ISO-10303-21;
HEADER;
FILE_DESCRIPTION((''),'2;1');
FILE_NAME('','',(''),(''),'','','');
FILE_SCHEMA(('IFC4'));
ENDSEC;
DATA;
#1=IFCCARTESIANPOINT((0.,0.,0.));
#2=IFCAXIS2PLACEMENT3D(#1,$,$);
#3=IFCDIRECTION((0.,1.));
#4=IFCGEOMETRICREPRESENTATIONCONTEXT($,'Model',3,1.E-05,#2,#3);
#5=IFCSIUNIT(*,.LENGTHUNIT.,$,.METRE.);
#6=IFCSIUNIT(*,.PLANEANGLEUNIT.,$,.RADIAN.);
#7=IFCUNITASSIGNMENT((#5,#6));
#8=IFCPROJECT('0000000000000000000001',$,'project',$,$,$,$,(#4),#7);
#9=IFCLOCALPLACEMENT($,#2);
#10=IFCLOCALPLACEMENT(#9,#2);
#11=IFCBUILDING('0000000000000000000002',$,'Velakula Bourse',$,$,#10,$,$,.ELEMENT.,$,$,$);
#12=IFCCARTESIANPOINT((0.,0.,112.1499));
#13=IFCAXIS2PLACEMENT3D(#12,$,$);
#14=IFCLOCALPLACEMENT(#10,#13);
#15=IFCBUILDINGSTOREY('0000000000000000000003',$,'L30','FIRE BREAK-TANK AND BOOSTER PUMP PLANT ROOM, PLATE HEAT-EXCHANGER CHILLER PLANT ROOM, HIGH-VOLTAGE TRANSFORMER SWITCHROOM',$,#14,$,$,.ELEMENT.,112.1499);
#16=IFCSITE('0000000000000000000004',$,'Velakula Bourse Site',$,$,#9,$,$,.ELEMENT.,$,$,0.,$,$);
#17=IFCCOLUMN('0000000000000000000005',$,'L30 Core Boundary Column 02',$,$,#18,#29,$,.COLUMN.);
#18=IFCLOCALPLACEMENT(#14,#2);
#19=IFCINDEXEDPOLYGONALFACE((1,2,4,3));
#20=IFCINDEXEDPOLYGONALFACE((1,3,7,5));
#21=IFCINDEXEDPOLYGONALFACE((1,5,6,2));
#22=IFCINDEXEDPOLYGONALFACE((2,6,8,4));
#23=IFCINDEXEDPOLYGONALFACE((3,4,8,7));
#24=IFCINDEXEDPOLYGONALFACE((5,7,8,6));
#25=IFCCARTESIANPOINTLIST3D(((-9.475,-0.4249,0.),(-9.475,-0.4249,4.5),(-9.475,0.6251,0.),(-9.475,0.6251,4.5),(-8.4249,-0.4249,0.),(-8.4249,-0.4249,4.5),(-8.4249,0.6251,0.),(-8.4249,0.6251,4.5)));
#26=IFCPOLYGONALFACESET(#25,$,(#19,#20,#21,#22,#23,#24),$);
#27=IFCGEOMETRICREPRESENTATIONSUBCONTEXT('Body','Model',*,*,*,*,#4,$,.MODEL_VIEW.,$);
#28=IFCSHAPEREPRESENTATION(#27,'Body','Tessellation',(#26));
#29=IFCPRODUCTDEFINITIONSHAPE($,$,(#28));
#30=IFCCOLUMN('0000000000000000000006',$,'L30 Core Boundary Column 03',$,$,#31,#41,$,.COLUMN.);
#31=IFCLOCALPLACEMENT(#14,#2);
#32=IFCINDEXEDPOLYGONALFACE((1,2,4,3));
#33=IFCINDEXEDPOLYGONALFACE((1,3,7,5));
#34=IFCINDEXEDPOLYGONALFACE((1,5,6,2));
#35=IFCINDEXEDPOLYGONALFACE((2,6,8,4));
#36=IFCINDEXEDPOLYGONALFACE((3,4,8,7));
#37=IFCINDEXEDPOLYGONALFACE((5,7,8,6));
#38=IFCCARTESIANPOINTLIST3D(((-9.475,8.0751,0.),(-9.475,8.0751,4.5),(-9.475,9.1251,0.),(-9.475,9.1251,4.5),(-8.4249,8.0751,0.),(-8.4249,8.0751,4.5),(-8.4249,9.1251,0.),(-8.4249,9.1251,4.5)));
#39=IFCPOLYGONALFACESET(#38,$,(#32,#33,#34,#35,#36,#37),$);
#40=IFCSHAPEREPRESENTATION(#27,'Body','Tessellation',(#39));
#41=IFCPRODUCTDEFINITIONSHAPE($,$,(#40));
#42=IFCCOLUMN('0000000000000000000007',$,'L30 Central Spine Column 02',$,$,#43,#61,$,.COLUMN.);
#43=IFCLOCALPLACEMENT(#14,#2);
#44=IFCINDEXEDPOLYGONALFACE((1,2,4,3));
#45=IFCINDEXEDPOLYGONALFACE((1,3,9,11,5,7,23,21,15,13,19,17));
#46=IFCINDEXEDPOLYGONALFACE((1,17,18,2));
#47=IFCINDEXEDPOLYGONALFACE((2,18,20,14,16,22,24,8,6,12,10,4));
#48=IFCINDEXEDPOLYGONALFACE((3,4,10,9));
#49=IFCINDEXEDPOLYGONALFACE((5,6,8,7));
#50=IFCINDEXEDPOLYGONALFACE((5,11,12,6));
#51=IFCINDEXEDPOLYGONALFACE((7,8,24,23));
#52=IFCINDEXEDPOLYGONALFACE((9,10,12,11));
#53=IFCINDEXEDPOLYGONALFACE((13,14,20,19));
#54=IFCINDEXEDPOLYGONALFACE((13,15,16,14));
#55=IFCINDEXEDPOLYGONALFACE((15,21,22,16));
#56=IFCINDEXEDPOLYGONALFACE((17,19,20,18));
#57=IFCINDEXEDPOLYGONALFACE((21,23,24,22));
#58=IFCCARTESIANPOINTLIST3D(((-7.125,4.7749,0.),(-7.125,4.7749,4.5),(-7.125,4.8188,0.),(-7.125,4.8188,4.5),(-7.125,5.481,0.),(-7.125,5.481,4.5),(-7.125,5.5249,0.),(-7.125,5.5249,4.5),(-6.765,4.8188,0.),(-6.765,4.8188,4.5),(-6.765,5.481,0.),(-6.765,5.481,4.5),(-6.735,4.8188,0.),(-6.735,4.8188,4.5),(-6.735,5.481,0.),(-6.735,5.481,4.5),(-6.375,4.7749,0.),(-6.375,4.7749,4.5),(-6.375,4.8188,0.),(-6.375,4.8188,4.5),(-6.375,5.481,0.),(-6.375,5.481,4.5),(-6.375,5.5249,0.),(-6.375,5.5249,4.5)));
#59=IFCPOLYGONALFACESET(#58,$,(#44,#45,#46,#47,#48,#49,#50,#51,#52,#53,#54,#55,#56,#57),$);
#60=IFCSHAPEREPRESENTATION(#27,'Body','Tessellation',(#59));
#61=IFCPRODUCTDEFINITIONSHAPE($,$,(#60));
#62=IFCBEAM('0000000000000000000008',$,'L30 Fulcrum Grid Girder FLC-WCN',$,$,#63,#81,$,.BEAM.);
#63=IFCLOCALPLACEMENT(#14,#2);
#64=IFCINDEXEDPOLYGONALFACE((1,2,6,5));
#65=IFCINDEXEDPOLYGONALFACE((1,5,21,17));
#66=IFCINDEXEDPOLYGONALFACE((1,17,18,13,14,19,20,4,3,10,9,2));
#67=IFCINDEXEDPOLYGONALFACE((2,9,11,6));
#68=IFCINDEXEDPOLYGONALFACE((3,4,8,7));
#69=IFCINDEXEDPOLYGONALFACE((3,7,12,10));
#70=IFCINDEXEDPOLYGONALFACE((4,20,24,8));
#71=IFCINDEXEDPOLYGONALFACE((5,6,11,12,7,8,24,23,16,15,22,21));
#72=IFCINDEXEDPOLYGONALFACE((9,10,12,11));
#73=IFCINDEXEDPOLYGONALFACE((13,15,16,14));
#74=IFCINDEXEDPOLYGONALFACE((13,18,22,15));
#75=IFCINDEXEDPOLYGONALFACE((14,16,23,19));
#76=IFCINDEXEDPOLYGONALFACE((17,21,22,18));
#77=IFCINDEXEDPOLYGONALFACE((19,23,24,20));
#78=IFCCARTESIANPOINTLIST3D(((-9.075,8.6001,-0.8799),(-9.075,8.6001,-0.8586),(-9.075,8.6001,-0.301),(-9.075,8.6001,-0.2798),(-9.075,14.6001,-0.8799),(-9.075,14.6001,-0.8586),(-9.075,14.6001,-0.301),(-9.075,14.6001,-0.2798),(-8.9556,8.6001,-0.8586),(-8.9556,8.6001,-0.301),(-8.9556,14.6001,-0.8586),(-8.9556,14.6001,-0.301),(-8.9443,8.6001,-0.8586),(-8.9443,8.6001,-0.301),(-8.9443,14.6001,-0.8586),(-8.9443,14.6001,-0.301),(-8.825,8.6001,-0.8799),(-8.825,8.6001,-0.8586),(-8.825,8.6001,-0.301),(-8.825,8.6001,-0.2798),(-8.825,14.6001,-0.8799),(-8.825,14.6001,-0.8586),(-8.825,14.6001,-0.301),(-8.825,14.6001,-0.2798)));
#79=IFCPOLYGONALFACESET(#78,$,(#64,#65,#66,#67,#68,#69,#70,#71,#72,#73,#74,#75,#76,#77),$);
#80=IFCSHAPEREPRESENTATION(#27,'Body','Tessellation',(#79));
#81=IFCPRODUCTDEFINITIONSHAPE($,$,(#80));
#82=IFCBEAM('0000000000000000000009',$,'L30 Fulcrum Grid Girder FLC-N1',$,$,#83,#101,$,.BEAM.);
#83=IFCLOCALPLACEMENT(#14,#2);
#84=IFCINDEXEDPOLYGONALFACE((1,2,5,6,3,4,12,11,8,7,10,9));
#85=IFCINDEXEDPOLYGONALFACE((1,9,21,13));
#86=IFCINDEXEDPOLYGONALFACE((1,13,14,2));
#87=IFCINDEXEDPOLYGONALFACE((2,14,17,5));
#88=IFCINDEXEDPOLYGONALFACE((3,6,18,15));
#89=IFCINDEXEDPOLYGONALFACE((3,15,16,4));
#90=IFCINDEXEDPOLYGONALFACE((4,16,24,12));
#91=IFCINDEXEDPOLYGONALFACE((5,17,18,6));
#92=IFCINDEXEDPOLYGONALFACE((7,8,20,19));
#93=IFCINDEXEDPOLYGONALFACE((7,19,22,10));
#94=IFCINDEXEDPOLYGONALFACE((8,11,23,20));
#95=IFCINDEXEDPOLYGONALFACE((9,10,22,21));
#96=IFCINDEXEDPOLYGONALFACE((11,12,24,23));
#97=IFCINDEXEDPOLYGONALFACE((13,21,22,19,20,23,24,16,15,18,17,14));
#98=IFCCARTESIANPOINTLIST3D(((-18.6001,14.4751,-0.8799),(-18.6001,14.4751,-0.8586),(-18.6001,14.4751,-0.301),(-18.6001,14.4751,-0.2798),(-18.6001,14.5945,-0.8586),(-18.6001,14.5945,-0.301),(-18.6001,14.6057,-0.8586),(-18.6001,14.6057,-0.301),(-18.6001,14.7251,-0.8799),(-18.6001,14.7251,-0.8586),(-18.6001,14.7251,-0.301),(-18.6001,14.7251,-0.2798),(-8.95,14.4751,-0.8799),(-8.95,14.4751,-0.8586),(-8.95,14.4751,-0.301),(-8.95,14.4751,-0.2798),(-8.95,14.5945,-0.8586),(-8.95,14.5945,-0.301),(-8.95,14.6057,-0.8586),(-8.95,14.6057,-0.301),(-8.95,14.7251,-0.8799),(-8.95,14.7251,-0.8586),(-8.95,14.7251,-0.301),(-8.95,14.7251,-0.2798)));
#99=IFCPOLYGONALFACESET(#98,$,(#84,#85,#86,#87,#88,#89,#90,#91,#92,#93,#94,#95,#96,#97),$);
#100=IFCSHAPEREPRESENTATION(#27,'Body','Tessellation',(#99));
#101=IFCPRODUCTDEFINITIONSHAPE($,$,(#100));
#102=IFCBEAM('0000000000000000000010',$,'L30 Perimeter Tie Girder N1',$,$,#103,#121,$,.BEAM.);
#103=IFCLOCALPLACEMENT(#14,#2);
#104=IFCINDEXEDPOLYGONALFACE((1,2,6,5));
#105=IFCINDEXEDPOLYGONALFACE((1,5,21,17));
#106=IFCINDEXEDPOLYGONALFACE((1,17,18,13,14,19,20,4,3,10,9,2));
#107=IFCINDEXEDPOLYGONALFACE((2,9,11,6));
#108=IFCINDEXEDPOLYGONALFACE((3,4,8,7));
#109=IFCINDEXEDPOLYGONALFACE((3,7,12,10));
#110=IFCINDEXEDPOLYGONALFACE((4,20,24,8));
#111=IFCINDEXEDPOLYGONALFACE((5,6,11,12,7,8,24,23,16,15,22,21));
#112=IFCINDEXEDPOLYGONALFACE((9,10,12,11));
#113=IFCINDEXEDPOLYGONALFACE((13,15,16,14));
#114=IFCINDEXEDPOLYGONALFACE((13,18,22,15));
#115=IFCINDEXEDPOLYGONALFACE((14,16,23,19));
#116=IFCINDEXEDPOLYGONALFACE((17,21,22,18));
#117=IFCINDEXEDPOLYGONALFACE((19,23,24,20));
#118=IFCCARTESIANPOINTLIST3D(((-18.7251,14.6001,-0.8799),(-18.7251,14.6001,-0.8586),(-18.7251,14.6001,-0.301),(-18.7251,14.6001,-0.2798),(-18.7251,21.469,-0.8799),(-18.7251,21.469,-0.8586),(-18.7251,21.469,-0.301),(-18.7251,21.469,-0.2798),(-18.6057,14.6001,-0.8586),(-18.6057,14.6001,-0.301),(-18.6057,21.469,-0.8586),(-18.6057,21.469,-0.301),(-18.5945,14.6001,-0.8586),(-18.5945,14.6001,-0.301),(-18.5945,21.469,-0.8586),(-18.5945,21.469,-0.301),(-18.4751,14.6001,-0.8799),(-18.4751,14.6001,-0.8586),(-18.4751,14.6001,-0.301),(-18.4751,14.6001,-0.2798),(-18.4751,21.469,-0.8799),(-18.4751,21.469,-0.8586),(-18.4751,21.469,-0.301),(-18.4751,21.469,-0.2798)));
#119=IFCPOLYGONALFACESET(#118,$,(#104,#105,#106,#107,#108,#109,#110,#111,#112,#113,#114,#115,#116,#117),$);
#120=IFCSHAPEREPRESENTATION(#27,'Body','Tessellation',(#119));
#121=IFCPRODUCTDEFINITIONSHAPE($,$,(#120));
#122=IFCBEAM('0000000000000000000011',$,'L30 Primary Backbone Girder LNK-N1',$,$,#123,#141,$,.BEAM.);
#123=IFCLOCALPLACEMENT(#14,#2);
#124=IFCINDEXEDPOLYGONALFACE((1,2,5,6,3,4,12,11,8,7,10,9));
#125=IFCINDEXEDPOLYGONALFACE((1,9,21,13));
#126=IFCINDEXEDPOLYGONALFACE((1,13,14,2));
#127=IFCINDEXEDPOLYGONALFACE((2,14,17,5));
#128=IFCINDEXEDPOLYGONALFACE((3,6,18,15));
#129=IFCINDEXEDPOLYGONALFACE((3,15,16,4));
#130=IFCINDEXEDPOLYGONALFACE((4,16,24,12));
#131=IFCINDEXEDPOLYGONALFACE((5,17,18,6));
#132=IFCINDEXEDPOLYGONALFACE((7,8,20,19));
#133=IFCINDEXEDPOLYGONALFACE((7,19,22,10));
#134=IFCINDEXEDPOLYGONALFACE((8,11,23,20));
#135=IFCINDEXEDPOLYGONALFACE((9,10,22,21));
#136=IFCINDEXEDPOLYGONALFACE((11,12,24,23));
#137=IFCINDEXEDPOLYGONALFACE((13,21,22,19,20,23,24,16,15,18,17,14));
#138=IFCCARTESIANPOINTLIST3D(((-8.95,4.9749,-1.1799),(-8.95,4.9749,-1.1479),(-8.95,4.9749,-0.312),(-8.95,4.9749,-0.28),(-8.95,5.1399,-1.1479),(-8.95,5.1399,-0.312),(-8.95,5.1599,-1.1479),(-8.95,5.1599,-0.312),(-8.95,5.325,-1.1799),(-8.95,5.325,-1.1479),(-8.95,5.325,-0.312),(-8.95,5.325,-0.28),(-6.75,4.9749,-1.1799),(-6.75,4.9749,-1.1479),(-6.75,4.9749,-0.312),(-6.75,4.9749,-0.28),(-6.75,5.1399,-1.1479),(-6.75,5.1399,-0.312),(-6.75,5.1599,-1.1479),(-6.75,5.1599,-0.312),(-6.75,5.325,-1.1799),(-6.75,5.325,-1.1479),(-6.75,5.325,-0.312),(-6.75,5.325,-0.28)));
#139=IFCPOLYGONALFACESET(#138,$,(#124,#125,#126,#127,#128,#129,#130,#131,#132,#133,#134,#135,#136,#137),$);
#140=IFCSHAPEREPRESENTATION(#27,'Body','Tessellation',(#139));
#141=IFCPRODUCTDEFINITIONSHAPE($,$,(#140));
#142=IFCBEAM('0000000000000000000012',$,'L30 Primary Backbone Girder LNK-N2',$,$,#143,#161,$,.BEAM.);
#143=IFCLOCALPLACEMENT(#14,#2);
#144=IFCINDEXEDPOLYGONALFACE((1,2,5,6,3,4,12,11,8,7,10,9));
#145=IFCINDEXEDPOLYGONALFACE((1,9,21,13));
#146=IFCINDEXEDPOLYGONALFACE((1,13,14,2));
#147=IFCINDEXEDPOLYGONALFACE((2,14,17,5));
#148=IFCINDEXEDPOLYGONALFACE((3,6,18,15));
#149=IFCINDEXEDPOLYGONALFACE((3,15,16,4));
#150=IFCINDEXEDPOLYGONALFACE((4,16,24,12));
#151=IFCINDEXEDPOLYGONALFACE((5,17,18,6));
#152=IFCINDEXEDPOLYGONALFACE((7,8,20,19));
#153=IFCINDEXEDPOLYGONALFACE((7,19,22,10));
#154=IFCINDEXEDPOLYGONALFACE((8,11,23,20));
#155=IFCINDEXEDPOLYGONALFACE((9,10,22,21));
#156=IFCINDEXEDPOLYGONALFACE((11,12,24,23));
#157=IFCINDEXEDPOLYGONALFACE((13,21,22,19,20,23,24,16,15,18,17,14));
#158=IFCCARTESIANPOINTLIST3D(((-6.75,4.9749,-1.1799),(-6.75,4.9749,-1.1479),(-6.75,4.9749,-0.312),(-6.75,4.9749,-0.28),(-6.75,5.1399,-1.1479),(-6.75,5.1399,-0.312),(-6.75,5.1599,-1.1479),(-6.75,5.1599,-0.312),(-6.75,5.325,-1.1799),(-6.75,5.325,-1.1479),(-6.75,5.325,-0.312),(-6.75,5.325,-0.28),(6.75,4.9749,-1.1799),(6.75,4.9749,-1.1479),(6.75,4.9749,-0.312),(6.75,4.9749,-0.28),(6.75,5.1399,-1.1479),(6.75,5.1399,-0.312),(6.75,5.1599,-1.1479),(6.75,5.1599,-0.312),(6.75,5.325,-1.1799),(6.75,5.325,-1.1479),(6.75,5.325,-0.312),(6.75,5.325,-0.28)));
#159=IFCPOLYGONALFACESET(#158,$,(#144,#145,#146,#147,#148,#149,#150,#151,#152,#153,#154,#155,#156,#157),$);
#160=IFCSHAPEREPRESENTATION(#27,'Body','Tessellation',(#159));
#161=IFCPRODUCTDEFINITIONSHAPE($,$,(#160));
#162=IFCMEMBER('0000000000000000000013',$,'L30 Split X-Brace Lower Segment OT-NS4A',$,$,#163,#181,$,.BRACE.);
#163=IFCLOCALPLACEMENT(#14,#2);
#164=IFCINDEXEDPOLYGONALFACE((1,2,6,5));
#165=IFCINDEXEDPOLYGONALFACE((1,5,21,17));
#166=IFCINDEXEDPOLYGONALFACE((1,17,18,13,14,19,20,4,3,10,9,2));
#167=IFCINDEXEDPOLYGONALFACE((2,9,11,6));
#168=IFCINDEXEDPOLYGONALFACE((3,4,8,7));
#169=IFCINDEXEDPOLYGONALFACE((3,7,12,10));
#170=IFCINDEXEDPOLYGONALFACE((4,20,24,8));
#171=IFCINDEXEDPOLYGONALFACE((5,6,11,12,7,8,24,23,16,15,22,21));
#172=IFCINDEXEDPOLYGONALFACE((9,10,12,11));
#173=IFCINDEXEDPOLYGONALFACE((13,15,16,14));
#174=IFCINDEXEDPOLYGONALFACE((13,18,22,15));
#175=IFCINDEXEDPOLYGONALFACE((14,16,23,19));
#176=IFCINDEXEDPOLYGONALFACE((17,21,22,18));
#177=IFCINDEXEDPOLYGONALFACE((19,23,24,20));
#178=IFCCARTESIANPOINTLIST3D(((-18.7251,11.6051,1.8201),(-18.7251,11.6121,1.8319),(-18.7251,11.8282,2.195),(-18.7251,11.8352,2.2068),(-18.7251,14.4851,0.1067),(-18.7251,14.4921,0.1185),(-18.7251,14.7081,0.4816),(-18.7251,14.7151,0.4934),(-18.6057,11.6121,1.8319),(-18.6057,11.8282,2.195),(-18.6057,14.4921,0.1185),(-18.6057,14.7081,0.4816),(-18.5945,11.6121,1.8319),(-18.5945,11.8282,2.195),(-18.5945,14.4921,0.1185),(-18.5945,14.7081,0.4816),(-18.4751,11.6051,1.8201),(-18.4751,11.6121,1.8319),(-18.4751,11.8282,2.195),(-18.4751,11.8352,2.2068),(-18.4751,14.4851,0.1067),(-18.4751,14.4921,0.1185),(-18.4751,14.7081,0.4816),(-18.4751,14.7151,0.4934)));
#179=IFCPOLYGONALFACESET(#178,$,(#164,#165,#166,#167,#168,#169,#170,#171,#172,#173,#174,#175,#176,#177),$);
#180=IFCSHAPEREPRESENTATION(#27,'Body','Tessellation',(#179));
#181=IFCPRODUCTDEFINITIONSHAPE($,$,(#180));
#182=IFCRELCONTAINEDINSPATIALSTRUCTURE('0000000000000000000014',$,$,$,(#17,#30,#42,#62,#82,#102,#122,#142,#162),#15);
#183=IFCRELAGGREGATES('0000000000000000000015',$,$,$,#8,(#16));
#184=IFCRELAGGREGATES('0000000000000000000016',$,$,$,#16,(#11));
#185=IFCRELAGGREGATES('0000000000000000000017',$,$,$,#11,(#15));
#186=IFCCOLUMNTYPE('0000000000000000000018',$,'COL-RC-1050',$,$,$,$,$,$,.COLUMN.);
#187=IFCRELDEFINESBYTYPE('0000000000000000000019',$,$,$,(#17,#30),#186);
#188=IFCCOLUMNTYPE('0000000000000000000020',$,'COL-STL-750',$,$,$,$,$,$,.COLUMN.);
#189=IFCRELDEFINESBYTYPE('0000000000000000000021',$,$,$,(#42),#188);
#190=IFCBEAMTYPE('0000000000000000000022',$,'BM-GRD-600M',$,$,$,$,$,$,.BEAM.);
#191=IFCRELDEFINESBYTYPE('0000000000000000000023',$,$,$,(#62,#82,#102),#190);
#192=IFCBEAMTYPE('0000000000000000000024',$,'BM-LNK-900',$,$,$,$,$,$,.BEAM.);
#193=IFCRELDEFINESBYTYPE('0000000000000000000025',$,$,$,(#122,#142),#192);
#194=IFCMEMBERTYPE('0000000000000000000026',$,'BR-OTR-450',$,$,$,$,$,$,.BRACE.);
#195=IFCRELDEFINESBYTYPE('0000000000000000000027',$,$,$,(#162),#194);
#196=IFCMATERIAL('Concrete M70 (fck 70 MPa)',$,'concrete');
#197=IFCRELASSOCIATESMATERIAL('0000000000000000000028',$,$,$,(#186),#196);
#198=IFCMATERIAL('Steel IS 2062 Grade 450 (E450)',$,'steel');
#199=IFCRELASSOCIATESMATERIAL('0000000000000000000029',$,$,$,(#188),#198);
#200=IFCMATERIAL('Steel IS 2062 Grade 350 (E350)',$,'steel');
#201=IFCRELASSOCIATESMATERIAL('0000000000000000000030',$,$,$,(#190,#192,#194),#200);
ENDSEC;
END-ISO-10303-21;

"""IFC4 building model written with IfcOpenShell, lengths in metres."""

from ifc_helpers import new_model, si_unit, direction, frame, origin, origin_2d, place, context, subcontext, project, spatial, rectangle, i_section, extrude, material, material_profile, profile_set, type_object, element, save


model = new_model("IFC4")

# Units and contexts
model_context = context("Model", 3, precision=1e-05, world=origin(), true_north=direction((0.0, 1.0)))
body_context = subcontext(model_context, "Body", "Model", "MODEL_VIEW")
ifc_project = project(units=[si_unit("LENGTHUNIT", "METRE"), si_unit("PLANEANGLEUNIT", "RADIAN")], contexts=[model_context])

# Site, building, storey
site_placement = place(None, origin())
site = spatial("IfcSite", under=ifc_project, at=site_placement, Name="Velakula Bourse Site", CompositionType="ELEMENT", RefElevation=0.0)
building_placement = place(site_placement, origin())
building = spatial("IfcBuilding", under=site, at=building_placement, Name="Velakula Bourse", CompositionType="ELEMENT")
storey_placement = place(building_placement, frame((0.0, 0.0, 112.1499)))
storey = spatial("IfcBuildingStorey", under=building, at=storey_placement, Name="L30", Description="FIRE BREAK-TANK AND BOOSTER PUMP PLANT ROOM, PLATE HEAT-EXCHANGER CHILLER PLANT ROOM, HIGH-VOLTAGE TRANSFORMER SWITCHROOM", CompositionType="ELEMENT", Elevation=112.1499)

# Columns
ifc_material_1 = material(Name="Concrete M70 (fck 70 MPa)", Category="concrete")
ifc_material_profile_1 = material_profile(ifc_material_1, rectangle(XDim=1.05, YDim=1.05, at=origin_2d()), Name="Concrete M70 (fck 70 MPa)")
ifc_profile_set_1 = profile_set([ifc_material_profile_1], Name="Concrete M70 (fck 70 MPa)")
column_type_1 = type_object("IfcColumnType", Name="COL-RC-1050", PredefinedType="COLUMN", material=ifc_profile_set_1)
for number, where, z_axis, x_axis, name in (
    (1, (-8.95, 0.1001, 0.0), (0.0, 0.0, 1.0), (1.0, 0.0, 0.0), "L30 Core Boundary Column 02"),
    (2, (-8.95, 8.6001, 0.0), (0.0, 0.0, 1.0), (1.0, 0.0, 0.0), "L30 Core Boundary Column 03"),
):
    element("IfcColumn", number, at=place(storey_placement, frame(where, z_axis=z_axis, x_axis=x_axis)), inside=storey, type_object=column_type_1, Name=name, PredefinedType="COLUMN", context=body_context, shape_type="SweptSolid", body=[
        extrude(rectangle(XDim=1.05, YDim=1.05, at=origin_2d()), origin(), (0.0, 0.0, 1.0), 4.5),
    ])
ifc_material_2 = material(Name="Steel IS 2062 Grade 450 (E450)", Category="steel")
ifc_material_profile_2 = material_profile(ifc_material_2, i_section(OverallWidth=0.75, OverallDepth=0.75, WebThickness=0.03, FlangeThickness=0.0439, at=origin_2d()), Name="Steel IS 2062 Grade 450 (E450)")
ifc_profile_set_2 = profile_set([ifc_material_profile_2], Name="Steel IS 2062 Grade 450 (E450)")
column_type_2 = type_object("IfcColumnType", Name="COL-STL-750", PredefinedType="COLUMN", material=ifc_profile_set_2)
column_placement = place(storey_placement, frame((-6.75, 5.1499, 0.0), z_axis=(0.0, 0.0, 1.0), x_axis=(1.0, 0.0, 0.0)))
element("IfcColumn", 3, at=column_placement, inside=storey, type_object=column_type_2, Name="L30 Central Spine Column 02", PredefinedType="COLUMN", context=body_context, shape_type="SweptSolid", body=[
    extrude(i_section(OverallWidth=0.75, OverallDepth=0.75, WebThickness=0.03, FlangeThickness=0.0439, at=origin_2d()), origin(), (0.0, 0.0, 1.0), 4.5),
])

# Beams
ifc_material_3 = material(Name="Steel IS 2062 Grade 350 (E350)", Category="steel")
ifc_material_profile_3 = material_profile(ifc_material_3, i_section(OverallWidth=0.25, OverallDepth=0.6001, WebThickness=0.0112, FlangeThickness=0.0212, at=origin_2d()), Name="Steel IS 2062 Grade 350 (E350)")
ifc_profile_set_3 = profile_set([ifc_material_profile_3], Name="Steel IS 2062 Grade 350 (E350)")
beam_type_1 = type_object("IfcBeamType", Name="BM-GRD-600M", PredefinedType="BEAM", material=ifc_profile_set_3)
beam_1_placement = place(storey_placement, frame((-8.95, 8.6001, -0.5798), z_axis=(0.0, 1.0, 0.0), x_axis=(-1.0, 0.0, 0.0)))
element("IfcBeam", 4, at=beam_1_placement, inside=storey, type_object=beam_type_1, Name="L30 Fulcrum Grid Girder FLC-WCN", PredefinedType="BEAM", context=body_context, shape_type="SweptSolid", body=[
    extrude(i_section(OverallWidth=0.25, OverallDepth=0.6001, WebThickness=0.0112, FlangeThickness=0.0212, at=origin_2d()), origin(), (0.0, 0.0, 1.0), 6.0),
])
beam_2_placement = place(storey_placement, frame((-18.6001, 14.6001, -0.5798), z_axis=(1.0, 0.0, 0.0), x_axis=(0.0, 1.0, 0.0)))
element("IfcBeam", 5, at=beam_2_placement, inside=storey, type_object=beam_type_1, Name="L30 Fulcrum Grid Girder FLC-N1", PredefinedType="BEAM", context=body_context, shape_type="SweptSolid", body=[
    extrude(i_section(OverallWidth=0.25, OverallDepth=0.6001, WebThickness=0.0112, FlangeThickness=0.0212, at=origin_2d()), origin(), (0.0, 0.0, 1.0), 9.6501),
])
beam_3_placement = place(storey_placement, frame((-18.6001, 14.6001, -0.5798), z_axis=(0.0, 1.0, 0.0), x_axis=(-1.0, 0.0, 0.0)))
element("IfcBeam", 6, at=beam_3_placement, inside=storey, type_object=beam_type_1, Name="L30 Perimeter Tie Girder N1", PredefinedType="BEAM", context=body_context, shape_type="SweptSolid", body=[
    extrude(i_section(OverallWidth=0.25, OverallDepth=0.6001, WebThickness=0.0112, FlangeThickness=0.0212, at=origin_2d()), origin(), (0.0, 0.0, 1.0), 6.8689),
])
ifc_material_profile_4 = material_profile(ifc_material_3, i_section(OverallWidth=0.3501, OverallDepth=0.8999, WebThickness=0.02, FlangeThickness=0.032, at=origin_2d()), Name="Steel IS 2062 Grade 350 (E350)")
ifc_profile_set_4 = profile_set([ifc_material_profile_4], Name="Steel IS 2062 Grade 350 (E350)")
beam_type_2 = type_object("IfcBeamType", Name="BM-LNK-900", PredefinedType="BEAM", material=ifc_profile_set_4)
beam_4_placement = place(storey_placement, frame((-8.95, 5.1499, -0.73), z_axis=(1.0, 0.0, 0.0), x_axis=(0.0, 1.0, 0.0)))
element("IfcBeam", 7, at=beam_4_placement, inside=storey, type_object=beam_type_2, Name="L30 Primary Backbone Girder LNK-N1", PredefinedType="BEAM", context=body_context, shape_type="SweptSolid", body=[
    extrude(i_section(OverallWidth=0.3501, OverallDepth=0.8999, WebThickness=0.02, FlangeThickness=0.032, at=origin_2d()), origin(), (0.0, 0.0, 1.0), 2.2),
])
beam_5_placement = place(storey_placement, frame((-6.75, 5.1499, -0.73), z_axis=(1.0, 0.0, 0.0), x_axis=(0.0, 1.0, 0.0)))
element("IfcBeam", 8, at=beam_5_placement, inside=storey, type_object=beam_type_2, Name="L30 Primary Backbone Girder LNK-N2", PredefinedType="BEAM", context=body_context, shape_type="SweptSolid", body=[
    extrude(i_section(OverallWidth=0.3501, OverallDepth=0.8999, WebThickness=0.02, FlangeThickness=0.032, at=origin_2d()), origin(), (0.0, 0.0, 1.0), 13.5),
])

# Member
ifc_material_profile_5 = material_profile(ifc_material_3, i_section(OverallWidth=0.25, OverallDepth=0.45, WebThickness=0.0112, FlangeThickness=0.0137, at=origin_2d()), Name="Steel IS 2062 Grade 350 (E350)")
ifc_profile_set_5 = profile_set([ifc_material_profile_5], Name="Steel IS 2062 Grade 350 (E350)")
member_type = type_object("IfcMemberType", Name="BR-OTR-450", PredefinedType="BRACE", material=ifc_profile_set_5)
member_placement = place(storey_placement, frame((-18.6001, 14.6001, 0.3), z_axis=(0.0, -0.859403, 0.511299), x_axis=(1.0, 0.0, 0.0)))
element("IfcMember", 9, at=member_placement, inside=storey, type_object=member_type, Name="L30 Split X-Brace Lower Segment OT-NS4A", PredefinedType="BRACE", context=body_context, shape_type="SweptSolid", body=[
    extrude(i_section(OverallWidth=0.25, OverallDepth=0.45, WebThickness=0.0112, FlangeThickness=0.0137, at=origin_2d()), origin(), (0.0, 0.0, 1.0), 3.3511),
])

save(model, "model.ifc")
